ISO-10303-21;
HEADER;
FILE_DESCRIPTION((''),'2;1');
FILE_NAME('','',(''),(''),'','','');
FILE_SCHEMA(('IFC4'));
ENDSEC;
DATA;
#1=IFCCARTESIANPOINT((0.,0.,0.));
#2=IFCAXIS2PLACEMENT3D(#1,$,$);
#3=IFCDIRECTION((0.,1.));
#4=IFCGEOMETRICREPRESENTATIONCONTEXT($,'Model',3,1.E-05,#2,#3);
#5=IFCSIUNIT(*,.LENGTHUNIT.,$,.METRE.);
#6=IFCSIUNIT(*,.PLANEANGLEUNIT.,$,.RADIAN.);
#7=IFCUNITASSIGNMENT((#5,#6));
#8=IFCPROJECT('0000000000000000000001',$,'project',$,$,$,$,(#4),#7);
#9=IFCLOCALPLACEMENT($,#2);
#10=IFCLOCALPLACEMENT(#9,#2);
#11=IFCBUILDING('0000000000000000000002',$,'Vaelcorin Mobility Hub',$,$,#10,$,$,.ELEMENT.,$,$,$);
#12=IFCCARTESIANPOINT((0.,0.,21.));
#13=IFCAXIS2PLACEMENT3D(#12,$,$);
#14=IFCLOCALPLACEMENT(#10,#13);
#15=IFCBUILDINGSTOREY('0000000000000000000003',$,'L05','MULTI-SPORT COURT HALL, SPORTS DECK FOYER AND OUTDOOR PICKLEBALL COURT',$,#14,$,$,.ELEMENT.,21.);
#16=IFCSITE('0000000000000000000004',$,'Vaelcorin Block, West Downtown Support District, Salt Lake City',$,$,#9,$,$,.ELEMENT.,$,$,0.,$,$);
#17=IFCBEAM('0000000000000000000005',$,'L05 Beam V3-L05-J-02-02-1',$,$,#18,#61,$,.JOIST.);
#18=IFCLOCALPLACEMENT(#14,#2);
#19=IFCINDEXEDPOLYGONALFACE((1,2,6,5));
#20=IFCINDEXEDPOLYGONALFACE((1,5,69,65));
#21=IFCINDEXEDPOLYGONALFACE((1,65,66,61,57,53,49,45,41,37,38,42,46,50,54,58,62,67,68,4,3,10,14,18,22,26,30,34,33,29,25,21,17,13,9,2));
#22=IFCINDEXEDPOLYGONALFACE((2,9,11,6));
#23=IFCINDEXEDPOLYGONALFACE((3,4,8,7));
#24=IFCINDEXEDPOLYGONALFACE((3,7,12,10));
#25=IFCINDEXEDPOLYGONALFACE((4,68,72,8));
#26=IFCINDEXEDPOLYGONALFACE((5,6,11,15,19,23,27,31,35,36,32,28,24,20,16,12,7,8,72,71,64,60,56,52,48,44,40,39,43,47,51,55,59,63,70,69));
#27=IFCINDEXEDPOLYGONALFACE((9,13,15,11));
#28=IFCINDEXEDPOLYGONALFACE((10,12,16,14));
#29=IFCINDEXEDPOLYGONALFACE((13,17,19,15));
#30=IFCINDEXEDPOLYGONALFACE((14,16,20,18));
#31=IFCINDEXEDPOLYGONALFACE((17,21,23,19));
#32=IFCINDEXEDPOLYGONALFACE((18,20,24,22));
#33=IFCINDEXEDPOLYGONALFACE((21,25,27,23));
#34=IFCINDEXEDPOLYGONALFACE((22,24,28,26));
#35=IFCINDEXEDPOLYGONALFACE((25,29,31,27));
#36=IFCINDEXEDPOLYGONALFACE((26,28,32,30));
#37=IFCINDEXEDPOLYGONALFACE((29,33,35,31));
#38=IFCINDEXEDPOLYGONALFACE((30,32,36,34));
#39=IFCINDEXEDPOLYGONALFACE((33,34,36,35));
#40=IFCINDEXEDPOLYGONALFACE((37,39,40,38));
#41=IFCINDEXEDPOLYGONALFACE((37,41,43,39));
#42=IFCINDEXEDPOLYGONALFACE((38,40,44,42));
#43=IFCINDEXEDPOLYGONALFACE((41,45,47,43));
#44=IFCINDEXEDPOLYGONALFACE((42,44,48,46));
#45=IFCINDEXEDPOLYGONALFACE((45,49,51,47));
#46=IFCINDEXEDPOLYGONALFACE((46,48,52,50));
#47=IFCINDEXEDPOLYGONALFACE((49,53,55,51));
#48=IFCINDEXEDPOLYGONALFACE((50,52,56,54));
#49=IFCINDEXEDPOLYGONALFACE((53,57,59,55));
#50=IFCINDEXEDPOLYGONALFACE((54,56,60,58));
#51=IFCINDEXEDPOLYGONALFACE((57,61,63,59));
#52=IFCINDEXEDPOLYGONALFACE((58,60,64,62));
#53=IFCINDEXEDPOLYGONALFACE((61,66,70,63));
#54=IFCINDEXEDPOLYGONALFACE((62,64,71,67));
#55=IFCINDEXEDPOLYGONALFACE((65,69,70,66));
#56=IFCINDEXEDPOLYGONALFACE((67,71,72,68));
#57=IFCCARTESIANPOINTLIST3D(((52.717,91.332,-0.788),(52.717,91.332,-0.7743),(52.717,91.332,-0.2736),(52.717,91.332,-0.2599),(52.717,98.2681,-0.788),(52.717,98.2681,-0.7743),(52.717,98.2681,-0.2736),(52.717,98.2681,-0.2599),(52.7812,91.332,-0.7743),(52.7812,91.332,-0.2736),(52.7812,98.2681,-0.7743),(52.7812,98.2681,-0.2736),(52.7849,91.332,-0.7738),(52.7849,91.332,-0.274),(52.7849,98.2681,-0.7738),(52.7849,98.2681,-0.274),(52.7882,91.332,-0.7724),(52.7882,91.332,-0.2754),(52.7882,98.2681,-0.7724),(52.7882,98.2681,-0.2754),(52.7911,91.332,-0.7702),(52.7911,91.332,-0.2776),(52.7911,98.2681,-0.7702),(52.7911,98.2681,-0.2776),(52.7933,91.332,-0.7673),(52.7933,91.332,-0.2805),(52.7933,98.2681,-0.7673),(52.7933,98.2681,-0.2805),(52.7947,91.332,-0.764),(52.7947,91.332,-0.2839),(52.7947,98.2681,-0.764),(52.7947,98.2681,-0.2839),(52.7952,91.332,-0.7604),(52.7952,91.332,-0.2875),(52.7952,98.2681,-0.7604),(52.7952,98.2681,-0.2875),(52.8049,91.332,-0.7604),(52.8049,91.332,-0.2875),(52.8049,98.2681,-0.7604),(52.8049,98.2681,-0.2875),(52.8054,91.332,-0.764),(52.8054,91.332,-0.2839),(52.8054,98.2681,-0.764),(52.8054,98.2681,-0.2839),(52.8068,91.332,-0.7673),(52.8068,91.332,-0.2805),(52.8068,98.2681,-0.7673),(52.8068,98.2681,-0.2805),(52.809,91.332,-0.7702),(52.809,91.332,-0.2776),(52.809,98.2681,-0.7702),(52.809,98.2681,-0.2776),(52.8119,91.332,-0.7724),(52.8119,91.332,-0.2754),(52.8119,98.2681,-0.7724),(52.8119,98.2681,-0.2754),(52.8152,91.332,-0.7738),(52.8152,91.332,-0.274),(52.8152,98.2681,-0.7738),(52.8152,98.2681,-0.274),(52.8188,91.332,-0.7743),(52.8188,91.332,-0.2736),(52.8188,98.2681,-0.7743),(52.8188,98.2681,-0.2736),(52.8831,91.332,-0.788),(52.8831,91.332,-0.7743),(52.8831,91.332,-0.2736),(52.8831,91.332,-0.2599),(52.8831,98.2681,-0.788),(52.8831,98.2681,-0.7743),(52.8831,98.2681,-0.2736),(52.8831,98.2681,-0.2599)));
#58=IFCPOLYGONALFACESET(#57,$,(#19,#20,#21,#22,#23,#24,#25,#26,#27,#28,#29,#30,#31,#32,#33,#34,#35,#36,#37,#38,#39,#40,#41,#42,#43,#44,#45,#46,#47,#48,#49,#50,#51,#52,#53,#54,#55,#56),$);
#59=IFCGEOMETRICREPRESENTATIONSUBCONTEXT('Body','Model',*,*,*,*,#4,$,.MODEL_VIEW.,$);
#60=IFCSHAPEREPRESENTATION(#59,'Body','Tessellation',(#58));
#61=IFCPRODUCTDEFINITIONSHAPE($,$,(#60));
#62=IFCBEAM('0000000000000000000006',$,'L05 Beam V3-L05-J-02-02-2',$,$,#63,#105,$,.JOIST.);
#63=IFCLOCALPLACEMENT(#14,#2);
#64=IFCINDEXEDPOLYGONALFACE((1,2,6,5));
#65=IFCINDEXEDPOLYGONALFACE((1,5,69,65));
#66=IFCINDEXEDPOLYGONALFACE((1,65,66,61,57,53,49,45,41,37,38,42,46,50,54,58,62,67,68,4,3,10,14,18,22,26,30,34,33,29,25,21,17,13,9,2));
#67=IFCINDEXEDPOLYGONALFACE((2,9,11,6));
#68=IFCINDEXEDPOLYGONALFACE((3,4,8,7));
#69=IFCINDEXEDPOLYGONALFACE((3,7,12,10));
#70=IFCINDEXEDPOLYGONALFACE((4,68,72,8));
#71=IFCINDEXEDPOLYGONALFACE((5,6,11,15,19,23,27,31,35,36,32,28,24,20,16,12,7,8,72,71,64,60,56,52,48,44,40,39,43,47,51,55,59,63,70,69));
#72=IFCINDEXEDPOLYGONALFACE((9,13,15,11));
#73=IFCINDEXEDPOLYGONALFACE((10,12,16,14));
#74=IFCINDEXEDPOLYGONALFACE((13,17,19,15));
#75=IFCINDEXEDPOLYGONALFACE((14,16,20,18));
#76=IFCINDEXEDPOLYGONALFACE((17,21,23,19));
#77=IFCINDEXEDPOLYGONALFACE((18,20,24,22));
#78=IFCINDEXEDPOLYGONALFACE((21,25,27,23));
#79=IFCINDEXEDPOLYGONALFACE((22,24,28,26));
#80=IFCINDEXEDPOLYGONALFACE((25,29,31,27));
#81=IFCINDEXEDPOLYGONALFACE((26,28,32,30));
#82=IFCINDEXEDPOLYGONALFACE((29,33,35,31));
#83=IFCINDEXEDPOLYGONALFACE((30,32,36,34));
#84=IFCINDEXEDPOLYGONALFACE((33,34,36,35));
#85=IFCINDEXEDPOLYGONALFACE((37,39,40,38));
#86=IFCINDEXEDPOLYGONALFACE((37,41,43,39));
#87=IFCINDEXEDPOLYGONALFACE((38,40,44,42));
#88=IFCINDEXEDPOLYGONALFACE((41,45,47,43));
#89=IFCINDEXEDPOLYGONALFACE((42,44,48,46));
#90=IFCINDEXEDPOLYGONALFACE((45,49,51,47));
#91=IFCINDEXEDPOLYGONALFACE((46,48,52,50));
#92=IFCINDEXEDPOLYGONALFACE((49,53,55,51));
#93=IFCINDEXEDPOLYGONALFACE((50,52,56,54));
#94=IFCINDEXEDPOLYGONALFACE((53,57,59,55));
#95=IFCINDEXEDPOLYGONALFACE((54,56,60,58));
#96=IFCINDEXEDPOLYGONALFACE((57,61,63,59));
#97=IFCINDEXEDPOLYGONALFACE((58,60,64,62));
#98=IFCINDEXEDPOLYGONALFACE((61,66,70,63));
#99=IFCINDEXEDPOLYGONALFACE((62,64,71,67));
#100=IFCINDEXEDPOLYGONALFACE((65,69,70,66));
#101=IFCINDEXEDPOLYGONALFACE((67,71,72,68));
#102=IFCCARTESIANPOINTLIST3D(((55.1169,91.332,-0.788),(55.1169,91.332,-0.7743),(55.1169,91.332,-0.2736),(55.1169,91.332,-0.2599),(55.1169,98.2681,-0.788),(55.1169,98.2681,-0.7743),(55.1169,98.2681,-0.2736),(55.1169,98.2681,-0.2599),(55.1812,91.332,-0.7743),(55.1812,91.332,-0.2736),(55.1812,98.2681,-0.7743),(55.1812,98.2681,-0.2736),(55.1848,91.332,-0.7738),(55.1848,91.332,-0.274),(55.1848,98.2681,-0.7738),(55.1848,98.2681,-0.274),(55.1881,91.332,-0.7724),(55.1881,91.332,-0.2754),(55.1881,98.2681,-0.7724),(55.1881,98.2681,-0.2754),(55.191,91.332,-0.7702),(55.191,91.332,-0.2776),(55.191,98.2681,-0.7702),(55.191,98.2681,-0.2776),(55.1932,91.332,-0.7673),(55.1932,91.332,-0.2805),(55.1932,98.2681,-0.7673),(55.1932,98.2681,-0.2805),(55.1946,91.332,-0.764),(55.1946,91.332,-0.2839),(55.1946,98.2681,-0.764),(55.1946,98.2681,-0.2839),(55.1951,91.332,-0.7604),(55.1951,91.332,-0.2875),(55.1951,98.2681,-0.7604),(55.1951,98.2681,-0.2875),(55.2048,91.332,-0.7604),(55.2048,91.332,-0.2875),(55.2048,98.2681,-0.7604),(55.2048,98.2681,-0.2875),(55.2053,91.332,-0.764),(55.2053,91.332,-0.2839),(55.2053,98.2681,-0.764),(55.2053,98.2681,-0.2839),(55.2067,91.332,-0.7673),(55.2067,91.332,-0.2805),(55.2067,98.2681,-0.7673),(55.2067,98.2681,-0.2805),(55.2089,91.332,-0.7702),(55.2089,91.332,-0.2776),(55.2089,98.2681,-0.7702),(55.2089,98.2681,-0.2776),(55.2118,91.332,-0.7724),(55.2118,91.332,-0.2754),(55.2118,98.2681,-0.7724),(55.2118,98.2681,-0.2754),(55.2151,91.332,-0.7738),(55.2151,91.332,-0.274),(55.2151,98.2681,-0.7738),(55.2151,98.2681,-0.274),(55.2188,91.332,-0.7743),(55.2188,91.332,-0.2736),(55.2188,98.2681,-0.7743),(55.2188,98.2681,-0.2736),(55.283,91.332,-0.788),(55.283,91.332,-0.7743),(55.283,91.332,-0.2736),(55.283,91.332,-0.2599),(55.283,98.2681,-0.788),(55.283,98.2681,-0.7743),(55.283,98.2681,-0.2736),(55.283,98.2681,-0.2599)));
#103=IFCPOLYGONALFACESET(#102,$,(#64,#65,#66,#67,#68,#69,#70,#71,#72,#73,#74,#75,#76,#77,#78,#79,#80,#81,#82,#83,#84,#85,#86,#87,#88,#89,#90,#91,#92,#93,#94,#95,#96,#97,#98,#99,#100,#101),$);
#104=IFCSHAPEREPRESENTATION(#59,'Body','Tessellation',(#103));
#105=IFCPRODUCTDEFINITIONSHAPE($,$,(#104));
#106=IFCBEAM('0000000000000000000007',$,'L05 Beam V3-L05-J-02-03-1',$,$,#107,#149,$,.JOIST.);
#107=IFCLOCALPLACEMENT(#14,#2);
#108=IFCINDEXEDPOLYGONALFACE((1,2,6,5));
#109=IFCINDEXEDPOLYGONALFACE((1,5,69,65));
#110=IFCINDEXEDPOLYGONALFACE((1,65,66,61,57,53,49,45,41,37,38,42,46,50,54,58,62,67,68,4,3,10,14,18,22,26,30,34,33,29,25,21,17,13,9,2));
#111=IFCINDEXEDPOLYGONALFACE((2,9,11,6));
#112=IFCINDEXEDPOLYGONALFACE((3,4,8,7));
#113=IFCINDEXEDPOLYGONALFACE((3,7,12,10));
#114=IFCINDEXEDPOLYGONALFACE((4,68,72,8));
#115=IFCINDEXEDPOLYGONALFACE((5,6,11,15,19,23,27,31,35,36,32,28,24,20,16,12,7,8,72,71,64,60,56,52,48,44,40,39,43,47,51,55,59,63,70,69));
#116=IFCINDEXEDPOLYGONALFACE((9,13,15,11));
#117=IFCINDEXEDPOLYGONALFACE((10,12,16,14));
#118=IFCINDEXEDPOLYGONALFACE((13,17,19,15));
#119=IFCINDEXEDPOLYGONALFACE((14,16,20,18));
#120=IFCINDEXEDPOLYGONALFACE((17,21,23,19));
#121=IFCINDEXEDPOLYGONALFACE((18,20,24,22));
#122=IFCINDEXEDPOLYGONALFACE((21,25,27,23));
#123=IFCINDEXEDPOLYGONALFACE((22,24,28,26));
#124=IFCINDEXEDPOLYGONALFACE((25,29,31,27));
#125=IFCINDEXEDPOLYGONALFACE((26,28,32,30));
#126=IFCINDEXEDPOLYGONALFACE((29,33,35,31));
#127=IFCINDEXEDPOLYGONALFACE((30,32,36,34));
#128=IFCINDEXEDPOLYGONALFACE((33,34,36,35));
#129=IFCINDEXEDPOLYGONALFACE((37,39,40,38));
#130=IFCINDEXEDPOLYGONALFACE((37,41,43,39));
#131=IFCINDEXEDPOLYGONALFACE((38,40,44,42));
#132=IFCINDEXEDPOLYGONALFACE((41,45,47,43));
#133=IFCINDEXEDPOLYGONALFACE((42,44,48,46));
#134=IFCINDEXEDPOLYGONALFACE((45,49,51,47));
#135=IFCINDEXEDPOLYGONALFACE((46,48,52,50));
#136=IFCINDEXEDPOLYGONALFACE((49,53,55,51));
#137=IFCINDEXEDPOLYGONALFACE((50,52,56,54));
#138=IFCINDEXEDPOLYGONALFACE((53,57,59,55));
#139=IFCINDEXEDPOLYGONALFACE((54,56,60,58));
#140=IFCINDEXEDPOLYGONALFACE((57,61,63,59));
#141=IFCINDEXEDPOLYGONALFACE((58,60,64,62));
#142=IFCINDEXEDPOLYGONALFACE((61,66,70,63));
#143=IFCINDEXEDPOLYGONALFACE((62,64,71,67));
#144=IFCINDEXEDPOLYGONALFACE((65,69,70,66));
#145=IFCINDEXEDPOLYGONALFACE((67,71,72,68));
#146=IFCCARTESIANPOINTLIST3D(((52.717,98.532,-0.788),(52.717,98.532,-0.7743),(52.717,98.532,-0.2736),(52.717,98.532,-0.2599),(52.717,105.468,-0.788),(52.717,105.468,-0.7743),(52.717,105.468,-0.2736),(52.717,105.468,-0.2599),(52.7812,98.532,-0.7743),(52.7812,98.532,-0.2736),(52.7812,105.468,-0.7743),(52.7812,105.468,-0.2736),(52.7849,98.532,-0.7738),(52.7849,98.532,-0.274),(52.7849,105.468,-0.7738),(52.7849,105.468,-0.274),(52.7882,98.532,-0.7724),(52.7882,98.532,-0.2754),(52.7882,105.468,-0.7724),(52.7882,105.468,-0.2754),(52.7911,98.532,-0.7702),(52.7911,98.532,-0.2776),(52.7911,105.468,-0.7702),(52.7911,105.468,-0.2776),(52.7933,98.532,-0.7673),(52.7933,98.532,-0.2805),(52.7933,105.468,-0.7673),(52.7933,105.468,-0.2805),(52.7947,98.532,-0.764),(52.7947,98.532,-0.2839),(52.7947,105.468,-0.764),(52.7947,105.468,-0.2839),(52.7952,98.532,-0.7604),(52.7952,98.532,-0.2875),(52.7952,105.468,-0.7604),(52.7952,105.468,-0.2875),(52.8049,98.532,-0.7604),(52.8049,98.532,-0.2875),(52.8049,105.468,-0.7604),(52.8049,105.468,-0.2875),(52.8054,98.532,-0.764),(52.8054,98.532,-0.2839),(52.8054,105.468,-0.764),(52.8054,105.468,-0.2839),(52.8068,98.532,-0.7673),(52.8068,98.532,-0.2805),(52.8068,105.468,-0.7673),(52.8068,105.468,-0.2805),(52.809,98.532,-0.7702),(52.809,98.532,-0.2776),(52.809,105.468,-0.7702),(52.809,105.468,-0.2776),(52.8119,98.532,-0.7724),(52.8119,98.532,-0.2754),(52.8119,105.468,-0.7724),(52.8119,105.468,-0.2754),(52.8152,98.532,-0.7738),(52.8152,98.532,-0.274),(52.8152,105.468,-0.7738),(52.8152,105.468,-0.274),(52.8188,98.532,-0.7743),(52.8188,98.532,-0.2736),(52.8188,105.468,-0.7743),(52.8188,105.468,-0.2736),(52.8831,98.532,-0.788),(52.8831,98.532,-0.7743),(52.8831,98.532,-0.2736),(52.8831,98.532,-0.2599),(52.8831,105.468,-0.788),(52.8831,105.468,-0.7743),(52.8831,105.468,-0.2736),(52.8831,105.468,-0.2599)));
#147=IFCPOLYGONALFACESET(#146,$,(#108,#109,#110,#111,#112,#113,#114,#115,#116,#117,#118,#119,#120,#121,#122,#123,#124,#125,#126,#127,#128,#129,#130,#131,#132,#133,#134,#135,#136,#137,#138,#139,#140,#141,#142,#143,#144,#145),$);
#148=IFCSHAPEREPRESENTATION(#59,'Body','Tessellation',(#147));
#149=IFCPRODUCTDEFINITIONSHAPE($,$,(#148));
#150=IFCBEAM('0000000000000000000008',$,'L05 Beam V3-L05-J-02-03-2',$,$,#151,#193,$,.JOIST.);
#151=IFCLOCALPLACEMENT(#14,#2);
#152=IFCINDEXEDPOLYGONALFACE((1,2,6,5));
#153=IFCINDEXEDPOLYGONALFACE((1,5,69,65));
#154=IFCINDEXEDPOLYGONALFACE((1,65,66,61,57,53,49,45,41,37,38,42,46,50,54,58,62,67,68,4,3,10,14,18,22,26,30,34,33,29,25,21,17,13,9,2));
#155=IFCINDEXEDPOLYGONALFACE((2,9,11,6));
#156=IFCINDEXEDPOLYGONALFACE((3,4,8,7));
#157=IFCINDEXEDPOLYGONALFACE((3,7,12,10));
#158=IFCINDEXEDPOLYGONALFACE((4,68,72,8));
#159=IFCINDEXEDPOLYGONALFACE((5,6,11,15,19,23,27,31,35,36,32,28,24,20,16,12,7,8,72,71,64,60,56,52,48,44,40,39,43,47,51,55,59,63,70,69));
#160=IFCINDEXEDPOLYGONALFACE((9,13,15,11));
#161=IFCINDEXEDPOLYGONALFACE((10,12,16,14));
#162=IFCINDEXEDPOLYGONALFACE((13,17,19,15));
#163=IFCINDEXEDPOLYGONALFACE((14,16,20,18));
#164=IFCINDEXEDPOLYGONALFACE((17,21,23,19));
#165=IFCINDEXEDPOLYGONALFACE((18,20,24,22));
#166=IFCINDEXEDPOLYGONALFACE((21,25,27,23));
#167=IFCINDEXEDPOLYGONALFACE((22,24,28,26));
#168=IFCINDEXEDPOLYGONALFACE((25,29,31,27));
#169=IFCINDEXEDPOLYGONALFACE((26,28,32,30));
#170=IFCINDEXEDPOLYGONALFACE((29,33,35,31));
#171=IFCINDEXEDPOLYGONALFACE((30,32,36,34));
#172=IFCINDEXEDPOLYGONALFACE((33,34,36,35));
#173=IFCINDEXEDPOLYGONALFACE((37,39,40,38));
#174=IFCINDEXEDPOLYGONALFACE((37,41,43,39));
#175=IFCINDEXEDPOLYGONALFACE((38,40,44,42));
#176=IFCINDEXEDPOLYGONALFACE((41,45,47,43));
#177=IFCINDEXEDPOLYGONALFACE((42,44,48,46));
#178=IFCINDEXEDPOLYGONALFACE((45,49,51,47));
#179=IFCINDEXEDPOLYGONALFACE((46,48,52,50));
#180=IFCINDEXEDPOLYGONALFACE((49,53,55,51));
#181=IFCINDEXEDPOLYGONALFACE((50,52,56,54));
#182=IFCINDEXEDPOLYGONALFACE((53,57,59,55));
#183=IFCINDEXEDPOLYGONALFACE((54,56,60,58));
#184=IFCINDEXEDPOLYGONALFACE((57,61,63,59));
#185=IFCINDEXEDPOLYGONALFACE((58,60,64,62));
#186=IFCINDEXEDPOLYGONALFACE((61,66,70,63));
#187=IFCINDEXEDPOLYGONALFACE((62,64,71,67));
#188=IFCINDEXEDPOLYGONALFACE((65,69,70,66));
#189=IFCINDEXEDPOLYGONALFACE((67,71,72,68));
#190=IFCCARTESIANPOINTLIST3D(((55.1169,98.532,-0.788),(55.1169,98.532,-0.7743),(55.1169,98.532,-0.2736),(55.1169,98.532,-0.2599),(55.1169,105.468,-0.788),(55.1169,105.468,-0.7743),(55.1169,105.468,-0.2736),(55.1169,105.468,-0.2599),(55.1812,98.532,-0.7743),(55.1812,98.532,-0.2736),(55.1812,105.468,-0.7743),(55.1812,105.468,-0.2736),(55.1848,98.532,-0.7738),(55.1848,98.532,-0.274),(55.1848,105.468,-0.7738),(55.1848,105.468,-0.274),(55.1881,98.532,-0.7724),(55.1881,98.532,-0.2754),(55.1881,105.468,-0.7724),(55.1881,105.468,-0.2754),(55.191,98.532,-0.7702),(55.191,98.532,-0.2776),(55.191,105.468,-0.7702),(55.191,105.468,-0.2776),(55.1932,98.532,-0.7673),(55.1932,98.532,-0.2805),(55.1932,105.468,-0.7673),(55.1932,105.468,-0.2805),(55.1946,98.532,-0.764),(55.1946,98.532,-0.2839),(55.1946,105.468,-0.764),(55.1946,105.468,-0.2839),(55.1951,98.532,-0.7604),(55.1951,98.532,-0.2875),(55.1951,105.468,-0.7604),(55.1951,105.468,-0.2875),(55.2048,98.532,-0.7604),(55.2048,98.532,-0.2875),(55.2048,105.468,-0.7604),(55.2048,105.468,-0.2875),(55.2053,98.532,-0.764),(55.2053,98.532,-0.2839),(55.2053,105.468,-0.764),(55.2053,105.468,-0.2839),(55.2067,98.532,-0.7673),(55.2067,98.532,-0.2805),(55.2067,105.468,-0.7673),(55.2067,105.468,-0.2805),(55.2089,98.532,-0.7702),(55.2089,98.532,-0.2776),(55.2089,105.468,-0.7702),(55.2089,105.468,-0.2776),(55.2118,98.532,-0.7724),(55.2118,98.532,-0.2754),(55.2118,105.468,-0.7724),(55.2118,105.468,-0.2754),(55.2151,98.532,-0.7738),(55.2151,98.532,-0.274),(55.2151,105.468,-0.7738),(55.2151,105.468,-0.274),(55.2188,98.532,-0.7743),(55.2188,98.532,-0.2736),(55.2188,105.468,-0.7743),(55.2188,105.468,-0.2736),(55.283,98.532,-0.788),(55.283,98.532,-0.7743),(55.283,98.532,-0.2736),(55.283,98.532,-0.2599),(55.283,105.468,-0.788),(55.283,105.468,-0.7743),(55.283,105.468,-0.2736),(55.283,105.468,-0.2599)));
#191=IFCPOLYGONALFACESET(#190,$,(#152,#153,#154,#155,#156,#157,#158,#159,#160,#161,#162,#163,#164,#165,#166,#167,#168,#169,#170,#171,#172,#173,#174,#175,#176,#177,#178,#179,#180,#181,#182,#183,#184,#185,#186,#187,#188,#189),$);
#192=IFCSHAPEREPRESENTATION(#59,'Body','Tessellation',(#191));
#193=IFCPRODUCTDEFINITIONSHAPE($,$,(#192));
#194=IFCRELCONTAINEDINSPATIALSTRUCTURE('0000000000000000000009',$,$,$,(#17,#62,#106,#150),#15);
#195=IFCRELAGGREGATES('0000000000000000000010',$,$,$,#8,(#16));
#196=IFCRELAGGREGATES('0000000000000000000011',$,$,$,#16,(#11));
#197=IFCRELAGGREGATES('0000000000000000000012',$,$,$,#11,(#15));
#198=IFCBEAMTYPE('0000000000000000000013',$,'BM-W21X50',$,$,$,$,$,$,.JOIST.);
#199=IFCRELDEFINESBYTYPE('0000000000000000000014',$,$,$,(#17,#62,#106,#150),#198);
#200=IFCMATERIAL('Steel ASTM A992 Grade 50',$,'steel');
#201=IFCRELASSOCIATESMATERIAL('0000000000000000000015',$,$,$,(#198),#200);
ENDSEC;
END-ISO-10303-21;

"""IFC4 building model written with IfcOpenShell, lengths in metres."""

from ifc_helpers import new_model, si_unit, direction, frame, origin, origin_2d, place, context, subcontext, project, spatial, i_section, extrude, material, material_profile, profile_set, type_object, element, save


model = new_model("IFC4")

# Units and contexts
model_context = context("Model", 3, precision=1e-05, world=origin(), true_north=direction((0.0, 1.0)))
body_context = subcontext(model_context, "Body", "Model", "MODEL_VIEW")
ifc_project = project(units=[si_unit("LENGTHUNIT", "METRE"), si_unit("PLANEANGLEUNIT", "RADIAN")], contexts=[model_context])

# Site, building, storey
site_placement = place(None, origin())
site = spatial("IfcSite", under=ifc_project, at=site_placement, Name="Vaelcorin Block, West Downtown Support District, Salt Lake City", CompositionType="ELEMENT", RefElevation=0.0)
building_placement = place(site_placement, origin())
building = spatial("IfcBuilding", under=site, at=building_placement, Name="Vaelcorin Mobility Hub", CompositionType="ELEMENT")
storey_placement = place(building_placement, frame((0.0, 0.0, 21.0)))
storey = spatial("IfcBuildingStorey", under=building, at=storey_placement, Name="L05", Description="MULTI-SPORT COURT HALL, SPORTS DECK FOYER AND OUTDOOR PICKLEBALL COURT", CompositionType="ELEMENT", Elevation=21.0)

# Beams
ifc_material_1 = material(Name="Steel ASTM A992 Grade 50", Category="steel")
ifc_material_profile_1 = material_profile(ifc_material_1, i_section(OverallWidth=0.166, OverallDepth=0.5281, WebThickness=0.0098, FlangeThickness=0.0137, FilletRadius=0.0139, at=origin_2d()), Name="W21X50")
ifc_profile_set_1 = profile_set([ifc_material_profile_1], Name="Steel ASTM A992 Grade 50")
beam_type_1 = type_object("IfcBeamType", Name="BM-W21X50", PredefinedType="JOIST", material=ifc_profile_set_1)
for number, where, z_axis, x_axis, name in (
    (1, (52.8, 91.332, -0.5239), (0.0, 1.0, 0.0), (-1.0, 0.0, 0.0), "L05 Beam V3-L05-J-02-02-1"),
    (2, (55.2, 91.332, -0.5239), (0.0, 1.0, 0.0), (-1.0, 0.0, 0.0), "L05 Beam V3-L05-J-02-02-2"),
    (3, (52.8, 98.532, -0.5239), (0.0, 1.0, 0.0), (-1.0, 0.0, 0.0), "L05 Beam V3-L05-J-02-03-1"),
    (4, (55.2, 98.532, -0.5239), (0.0, 1.0, 0.0), (-1.0, 0.0, 0.0), "L05 Beam V3-L05-J-02-03-2"),
):
    element("IfcBeam", number, at=place(storey_placement, frame(where, z_axis=z_axis, x_axis=x_axis)), inside=storey, type_object=beam_type_1, Name=name, PredefinedType="JOIST", context=body_context, shape_type="SweptSolid", body=[
        extrude(i_section(OverallWidth=0.166, OverallDepth=0.5281, WebThickness=0.0098, FlangeThickness=0.0137, FilletRadius=0.0139, at=origin_2d()), origin(), (0.0, 0.0, 1.0), 6.936),
    ])

save(model, "model.ifc")
